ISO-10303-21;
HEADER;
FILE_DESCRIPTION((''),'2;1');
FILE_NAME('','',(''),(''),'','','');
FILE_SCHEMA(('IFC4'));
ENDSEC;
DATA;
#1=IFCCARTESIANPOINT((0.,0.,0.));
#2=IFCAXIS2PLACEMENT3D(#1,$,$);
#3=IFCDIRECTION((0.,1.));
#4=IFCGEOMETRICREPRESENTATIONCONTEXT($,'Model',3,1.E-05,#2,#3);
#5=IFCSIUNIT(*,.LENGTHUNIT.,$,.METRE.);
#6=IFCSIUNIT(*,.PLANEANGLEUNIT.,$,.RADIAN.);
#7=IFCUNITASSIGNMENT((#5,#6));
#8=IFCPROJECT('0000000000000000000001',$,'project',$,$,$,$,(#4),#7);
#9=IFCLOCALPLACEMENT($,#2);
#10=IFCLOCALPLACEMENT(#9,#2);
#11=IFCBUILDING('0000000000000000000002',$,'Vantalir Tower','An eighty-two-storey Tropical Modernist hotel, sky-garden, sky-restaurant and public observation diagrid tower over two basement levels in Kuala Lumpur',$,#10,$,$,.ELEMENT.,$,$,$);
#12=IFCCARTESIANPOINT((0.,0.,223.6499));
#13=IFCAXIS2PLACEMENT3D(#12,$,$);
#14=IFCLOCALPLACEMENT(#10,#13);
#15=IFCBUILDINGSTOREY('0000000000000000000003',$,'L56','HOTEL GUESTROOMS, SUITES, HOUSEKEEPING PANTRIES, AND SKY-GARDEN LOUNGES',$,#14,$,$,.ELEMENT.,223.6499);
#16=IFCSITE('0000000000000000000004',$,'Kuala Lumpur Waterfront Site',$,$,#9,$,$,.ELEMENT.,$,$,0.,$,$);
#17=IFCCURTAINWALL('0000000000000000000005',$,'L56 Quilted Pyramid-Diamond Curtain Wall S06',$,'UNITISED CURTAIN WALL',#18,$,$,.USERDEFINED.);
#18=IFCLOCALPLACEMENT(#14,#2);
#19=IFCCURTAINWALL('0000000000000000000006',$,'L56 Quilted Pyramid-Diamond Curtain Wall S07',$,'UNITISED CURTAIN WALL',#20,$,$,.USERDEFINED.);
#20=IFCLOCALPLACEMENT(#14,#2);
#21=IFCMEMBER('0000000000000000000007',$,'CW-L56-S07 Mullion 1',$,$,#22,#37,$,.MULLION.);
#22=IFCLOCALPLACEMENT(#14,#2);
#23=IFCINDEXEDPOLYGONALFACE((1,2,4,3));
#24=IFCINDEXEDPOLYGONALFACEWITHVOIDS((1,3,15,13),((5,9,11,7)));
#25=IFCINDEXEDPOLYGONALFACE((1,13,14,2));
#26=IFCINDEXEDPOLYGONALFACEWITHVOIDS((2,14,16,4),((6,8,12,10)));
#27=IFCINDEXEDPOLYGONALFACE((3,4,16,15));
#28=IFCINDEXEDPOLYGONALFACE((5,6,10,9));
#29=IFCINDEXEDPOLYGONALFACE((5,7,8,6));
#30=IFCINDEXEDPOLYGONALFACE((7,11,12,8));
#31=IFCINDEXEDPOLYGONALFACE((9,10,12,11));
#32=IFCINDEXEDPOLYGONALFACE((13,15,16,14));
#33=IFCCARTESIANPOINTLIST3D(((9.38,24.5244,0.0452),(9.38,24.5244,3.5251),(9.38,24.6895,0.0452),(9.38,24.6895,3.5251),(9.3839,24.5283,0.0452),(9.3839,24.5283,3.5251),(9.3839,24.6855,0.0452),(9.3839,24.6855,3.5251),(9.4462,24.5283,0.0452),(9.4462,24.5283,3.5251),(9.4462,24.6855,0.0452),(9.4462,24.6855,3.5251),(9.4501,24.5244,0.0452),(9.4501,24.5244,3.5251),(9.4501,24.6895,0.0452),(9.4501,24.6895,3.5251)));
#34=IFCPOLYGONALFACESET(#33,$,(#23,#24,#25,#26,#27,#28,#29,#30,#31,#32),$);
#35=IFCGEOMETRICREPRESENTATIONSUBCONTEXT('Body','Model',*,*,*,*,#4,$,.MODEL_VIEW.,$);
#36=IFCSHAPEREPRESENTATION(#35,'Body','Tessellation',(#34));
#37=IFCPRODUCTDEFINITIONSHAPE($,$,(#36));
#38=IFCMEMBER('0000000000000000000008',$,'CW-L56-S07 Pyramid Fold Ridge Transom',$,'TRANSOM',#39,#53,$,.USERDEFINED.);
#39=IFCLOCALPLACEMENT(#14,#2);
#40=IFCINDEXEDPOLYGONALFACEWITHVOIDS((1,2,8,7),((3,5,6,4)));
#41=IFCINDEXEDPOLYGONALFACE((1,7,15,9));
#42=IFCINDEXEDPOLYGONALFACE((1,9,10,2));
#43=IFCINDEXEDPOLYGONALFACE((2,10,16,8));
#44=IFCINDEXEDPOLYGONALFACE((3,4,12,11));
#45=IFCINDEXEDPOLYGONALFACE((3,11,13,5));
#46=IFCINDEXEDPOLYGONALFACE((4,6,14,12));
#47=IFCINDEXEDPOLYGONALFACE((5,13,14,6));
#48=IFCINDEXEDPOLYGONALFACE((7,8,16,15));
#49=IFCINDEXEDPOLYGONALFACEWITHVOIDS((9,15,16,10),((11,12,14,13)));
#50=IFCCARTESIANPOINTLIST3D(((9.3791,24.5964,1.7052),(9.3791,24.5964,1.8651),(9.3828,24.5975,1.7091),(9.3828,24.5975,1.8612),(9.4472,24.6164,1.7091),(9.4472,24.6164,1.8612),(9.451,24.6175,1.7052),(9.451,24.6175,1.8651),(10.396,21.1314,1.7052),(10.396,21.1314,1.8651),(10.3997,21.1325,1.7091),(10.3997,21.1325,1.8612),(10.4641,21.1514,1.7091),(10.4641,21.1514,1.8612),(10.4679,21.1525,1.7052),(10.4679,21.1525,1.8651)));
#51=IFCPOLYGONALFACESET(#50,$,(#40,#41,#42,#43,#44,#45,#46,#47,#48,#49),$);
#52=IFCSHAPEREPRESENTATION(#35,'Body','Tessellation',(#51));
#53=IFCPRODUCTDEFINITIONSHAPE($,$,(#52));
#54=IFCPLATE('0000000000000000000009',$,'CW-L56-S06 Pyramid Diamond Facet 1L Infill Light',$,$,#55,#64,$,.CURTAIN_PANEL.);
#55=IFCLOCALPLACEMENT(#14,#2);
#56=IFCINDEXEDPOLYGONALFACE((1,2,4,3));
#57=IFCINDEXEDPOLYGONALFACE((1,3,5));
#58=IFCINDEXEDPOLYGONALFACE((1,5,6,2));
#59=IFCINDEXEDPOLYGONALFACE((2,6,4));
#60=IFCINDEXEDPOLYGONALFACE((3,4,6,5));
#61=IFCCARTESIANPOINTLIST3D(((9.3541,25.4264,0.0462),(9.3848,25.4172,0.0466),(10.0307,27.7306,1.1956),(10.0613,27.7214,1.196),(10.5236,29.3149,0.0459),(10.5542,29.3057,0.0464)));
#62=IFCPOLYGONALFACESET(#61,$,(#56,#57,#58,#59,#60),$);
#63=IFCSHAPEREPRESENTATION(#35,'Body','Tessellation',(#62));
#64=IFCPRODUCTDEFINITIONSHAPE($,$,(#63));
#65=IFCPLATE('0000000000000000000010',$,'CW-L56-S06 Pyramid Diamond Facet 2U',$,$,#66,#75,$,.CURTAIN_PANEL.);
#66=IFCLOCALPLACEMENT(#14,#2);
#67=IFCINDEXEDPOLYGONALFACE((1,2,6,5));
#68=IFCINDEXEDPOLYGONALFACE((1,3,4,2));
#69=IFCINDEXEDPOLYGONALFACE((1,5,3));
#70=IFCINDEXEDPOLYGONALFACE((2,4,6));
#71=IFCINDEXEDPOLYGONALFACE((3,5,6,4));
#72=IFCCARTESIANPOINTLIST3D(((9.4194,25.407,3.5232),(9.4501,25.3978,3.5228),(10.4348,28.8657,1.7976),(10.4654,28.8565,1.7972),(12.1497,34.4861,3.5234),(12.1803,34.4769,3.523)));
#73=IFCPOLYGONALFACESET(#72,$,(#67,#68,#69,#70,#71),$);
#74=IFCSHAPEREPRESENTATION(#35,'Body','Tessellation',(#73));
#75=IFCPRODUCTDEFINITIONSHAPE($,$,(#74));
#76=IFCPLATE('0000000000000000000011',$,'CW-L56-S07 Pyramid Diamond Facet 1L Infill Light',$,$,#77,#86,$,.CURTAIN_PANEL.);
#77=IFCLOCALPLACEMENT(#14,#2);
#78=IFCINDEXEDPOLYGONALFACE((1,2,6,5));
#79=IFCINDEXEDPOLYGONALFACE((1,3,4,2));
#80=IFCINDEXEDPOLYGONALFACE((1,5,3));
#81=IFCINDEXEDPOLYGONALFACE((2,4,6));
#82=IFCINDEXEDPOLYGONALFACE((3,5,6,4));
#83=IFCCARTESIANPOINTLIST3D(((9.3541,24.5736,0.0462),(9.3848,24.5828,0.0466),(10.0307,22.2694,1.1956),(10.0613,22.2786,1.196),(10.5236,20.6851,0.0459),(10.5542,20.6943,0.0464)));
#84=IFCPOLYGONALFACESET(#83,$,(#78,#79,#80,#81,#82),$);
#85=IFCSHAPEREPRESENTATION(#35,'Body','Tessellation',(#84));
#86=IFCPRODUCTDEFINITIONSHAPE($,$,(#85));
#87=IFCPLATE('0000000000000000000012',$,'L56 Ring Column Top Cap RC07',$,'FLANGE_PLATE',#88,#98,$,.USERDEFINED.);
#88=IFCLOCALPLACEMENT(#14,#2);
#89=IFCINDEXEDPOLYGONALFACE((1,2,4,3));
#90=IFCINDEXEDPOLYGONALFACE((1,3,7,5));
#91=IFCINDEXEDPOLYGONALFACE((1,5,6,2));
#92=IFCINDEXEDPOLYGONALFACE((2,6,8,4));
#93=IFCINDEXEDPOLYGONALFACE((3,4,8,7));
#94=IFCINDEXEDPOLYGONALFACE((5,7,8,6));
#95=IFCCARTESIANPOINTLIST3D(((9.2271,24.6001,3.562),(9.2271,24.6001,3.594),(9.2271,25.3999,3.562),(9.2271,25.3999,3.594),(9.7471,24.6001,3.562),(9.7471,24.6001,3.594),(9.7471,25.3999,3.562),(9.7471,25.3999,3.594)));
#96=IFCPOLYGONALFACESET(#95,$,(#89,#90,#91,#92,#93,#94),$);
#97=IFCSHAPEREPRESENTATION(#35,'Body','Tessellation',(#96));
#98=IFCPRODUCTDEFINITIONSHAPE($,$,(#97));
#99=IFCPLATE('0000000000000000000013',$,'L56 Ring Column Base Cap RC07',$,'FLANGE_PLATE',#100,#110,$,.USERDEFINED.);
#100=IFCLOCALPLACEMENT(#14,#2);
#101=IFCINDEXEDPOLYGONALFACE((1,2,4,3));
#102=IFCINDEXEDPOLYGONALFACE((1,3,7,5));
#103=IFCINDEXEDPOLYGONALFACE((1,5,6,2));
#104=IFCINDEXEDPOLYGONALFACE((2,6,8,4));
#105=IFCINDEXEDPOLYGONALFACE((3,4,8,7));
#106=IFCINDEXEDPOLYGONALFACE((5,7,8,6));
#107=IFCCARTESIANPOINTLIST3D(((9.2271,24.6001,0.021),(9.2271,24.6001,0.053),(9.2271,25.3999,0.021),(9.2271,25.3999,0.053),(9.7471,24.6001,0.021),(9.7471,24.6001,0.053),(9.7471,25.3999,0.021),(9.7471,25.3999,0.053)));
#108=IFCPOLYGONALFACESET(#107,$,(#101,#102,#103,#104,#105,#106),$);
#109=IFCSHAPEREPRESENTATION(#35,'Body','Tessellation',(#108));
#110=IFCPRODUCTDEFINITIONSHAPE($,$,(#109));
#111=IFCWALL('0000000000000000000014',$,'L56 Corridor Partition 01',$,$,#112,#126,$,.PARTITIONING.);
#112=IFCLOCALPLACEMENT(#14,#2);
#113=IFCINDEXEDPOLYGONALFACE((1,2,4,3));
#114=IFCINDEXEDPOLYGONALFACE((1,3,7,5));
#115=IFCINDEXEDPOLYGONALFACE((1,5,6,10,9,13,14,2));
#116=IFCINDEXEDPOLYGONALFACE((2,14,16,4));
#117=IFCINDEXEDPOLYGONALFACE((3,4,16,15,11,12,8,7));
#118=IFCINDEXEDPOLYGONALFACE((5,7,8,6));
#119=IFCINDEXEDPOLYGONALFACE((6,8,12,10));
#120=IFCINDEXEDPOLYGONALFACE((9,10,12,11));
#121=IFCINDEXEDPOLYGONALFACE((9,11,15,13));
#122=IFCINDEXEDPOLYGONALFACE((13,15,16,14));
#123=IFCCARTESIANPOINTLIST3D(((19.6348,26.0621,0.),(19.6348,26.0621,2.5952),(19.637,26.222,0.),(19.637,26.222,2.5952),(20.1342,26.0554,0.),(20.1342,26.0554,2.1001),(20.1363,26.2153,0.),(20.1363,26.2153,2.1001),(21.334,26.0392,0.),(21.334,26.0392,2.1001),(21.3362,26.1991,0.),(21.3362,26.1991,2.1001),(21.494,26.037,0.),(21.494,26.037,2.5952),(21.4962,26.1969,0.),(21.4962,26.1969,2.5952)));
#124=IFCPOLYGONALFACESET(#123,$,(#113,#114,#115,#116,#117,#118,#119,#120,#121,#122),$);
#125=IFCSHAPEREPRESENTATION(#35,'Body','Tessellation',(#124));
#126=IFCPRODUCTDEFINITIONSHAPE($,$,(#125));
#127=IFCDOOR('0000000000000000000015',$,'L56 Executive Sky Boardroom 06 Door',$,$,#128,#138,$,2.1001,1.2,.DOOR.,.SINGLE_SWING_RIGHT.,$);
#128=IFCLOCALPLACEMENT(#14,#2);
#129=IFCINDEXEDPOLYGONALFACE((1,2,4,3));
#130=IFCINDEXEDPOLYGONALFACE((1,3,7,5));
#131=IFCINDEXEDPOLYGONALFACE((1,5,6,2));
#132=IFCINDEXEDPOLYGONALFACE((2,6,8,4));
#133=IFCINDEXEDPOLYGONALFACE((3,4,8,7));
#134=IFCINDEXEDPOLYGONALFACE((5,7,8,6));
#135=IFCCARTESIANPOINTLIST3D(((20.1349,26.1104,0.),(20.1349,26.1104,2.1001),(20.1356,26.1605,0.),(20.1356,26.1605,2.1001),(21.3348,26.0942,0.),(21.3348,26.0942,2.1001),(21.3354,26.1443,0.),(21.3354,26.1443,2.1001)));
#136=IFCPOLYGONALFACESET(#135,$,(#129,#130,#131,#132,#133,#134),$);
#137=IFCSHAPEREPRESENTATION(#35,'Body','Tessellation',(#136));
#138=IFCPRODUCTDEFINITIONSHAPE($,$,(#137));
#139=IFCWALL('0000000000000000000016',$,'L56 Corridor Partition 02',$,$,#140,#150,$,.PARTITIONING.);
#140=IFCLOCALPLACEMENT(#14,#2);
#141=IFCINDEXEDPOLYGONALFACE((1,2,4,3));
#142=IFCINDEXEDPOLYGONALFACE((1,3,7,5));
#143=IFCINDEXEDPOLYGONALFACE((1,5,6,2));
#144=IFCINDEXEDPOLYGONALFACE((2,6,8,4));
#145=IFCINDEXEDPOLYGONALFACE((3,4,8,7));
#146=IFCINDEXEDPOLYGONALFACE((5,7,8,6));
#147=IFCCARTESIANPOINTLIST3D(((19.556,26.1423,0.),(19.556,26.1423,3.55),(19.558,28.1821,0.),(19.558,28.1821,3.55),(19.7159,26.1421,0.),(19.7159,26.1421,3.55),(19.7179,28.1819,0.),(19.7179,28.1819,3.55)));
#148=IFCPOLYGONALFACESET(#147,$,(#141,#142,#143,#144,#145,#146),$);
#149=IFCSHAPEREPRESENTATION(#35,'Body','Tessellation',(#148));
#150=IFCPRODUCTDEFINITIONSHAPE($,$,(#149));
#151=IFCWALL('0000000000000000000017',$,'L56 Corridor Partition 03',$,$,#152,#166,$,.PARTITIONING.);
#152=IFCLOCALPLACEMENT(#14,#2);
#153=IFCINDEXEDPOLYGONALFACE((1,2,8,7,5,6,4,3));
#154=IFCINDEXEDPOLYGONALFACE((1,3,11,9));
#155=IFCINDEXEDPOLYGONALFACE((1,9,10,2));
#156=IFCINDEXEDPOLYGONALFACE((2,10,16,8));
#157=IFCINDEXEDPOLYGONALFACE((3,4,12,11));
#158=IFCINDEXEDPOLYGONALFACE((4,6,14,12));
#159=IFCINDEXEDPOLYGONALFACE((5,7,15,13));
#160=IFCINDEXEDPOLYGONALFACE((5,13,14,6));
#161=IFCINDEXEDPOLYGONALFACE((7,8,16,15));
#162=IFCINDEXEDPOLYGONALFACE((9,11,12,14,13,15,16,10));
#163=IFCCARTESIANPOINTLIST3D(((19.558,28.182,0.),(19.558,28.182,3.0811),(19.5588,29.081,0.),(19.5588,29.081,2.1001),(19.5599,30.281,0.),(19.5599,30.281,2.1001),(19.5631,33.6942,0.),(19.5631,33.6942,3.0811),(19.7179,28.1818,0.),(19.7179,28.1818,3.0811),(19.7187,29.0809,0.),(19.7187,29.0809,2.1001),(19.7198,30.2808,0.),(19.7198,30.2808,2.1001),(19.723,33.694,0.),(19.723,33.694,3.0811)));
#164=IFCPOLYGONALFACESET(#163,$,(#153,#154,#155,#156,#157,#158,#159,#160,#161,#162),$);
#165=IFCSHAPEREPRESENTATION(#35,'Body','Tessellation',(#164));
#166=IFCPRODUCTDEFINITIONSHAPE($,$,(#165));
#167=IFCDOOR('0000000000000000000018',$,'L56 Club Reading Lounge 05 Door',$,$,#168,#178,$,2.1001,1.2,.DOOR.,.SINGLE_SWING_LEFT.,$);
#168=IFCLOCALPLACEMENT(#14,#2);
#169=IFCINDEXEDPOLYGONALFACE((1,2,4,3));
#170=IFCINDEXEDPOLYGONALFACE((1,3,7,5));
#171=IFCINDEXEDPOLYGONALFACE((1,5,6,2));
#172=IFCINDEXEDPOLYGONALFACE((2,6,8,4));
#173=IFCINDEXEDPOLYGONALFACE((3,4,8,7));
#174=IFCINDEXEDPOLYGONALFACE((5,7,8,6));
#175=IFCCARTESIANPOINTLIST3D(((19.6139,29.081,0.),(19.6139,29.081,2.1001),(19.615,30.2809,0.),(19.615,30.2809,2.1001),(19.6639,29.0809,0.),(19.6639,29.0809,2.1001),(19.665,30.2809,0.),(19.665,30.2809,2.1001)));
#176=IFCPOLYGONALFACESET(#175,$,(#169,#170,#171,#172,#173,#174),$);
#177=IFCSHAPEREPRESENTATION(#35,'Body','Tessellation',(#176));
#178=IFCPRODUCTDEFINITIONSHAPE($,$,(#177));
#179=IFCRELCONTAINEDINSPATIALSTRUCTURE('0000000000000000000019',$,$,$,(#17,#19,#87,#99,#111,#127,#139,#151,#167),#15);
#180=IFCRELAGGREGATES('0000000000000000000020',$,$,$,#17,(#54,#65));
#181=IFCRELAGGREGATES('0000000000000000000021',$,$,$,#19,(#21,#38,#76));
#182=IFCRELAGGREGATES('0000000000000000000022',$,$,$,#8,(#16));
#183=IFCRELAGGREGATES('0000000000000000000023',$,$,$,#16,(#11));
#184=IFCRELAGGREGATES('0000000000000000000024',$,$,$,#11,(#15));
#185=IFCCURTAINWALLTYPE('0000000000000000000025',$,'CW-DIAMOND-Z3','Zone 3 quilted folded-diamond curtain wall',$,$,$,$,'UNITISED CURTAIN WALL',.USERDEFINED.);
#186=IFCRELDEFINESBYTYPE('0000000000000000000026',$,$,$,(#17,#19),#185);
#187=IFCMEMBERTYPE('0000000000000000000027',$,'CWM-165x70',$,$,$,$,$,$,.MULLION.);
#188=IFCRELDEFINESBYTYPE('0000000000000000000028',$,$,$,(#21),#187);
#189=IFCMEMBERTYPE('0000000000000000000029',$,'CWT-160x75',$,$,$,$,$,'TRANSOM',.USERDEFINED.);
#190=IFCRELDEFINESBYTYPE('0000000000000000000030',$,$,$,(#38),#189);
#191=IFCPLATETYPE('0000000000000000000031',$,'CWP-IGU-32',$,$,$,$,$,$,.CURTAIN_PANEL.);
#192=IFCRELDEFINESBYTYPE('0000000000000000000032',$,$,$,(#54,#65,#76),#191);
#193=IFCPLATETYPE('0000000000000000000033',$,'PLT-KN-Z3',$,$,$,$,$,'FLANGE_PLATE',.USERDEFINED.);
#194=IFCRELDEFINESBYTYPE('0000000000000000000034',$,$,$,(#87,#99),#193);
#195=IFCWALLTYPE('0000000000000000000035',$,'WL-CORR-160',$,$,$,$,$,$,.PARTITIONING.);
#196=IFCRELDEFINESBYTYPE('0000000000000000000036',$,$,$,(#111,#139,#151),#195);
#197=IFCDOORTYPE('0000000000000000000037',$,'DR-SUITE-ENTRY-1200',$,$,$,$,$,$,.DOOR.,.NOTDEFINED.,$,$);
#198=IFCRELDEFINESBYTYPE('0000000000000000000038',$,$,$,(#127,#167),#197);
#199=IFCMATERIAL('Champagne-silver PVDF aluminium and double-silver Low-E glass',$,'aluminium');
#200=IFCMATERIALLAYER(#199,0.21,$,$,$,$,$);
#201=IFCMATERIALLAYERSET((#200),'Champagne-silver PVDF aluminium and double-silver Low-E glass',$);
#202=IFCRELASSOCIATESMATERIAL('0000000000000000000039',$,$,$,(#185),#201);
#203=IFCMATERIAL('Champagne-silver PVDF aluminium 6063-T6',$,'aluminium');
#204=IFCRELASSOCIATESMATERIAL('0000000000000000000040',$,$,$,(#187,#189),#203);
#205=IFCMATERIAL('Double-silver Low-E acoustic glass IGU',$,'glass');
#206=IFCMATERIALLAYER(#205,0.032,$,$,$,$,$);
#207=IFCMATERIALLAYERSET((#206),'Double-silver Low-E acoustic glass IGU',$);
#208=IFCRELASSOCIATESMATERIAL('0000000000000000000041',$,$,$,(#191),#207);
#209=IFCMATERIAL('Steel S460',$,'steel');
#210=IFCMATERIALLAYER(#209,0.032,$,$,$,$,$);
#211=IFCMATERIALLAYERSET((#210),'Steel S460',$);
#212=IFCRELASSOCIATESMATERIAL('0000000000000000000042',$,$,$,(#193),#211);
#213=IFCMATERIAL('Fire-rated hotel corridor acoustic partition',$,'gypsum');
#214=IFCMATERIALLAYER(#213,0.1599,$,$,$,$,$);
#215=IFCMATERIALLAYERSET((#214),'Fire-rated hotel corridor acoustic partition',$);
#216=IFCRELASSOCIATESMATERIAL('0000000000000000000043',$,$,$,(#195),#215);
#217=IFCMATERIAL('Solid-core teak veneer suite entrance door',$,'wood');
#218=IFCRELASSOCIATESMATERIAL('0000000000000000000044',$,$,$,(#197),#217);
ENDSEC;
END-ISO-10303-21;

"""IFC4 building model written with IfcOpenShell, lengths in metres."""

from ifc_helpers import new_model, si_unit, direction, frame, frame_2d, origin, origin_2d, place, context, subcontext, project, spatial, polyline, rectangle, hollow_rectangle, outline, extrude, material, layer, layer_set, material_profile, profile_set, type_object, element, fill, aggregate, save


model = new_model("IFC4")

# Units and contexts
model_context = context("Model", 3, precision=1e-05, world=origin(), true_north=direction((0.0, 1.0)))
body_context = subcontext(model_context, "Body", "Model", "MODEL_VIEW")
ifc_project = project(units=[si_unit("LENGTHUNIT", "METRE"), si_unit("PLANEANGLEUNIT", "RADIAN")], contexts=[model_context])

# Site, building, storey
site_placement = place(None, origin())
site = spatial("IfcSite", under=ifc_project, at=site_placement, Name="Kuala Lumpur Waterfront Site", CompositionType="ELEMENT", RefElevation=0.0)
building_placement = place(site_placement, origin())
building = spatial("IfcBuilding", under=site, at=building_placement, Name="Vantalir Tower", Description="An eighty-two-storey Tropical Modernist hotel, sky-garden, sky-restaurant and public observation diagrid tower over two basement levels in Kuala Lumpur", CompositionType="ELEMENT")
storey_placement = place(building_placement, frame((0.0, 0.0, 223.6499)))
storey = spatial("IfcBuildingStorey", under=building, at=storey_placement, Name="L56", Description="HOTEL GUESTROOMS, SUITES, HOUSEKEEPING PANTRIES, AND SKY-GARDEN LOUNGES", CompositionType="ELEMENT", Elevation=223.6499)

# Shared definitions
ifc_material_1 = material(Name="Steel S460", Category="steel")

# Curtain wall
ifc_material_2 = material(Name="Champagne-silver PVDF aluminium and double-silver Low-E glass", Category="aluminium")
ifc_layer_1 = layer(ifc_material_2, 0.21)
ifc_layer_set_1 = layer_set([ifc_layer_1], Name="Champagne-silver PVDF aluminium and double-silver Low-E glass")
curtain_wall_type = type_object("IfcCurtainWallType", Name="CW-DIAMOND-Z3", Description="Zone 3 quilted folded-diamond curtain wall", ElementType="UNITISED CURTAIN WALL", PredefinedType="USERDEFINED", material=ifc_layer_set_1)
curtain_wall_1_placement = place(storey_placement, origin())
curtain_wall_1 = element("IfcCurtainWall", 1, at=curtain_wall_1_placement, inside=storey, type_object=curtain_wall_type, Name="L56 Quilted Pyramid-Diamond Curtain Wall S06", ObjectType="UNITISED CURTAIN WALL", PredefinedType="USERDEFINED")
ifc_material_3 = material(Name="Champagne-silver PVDF aluminium 6063-T6", Category="aluminium")
ifc_material_profile_1 = material_profile(ifc_material_3, hollow_rectangle(XDim=0.0701, YDim=0.165, WallThickness=0.0039, at=origin_2d()), Name="Champagne-silver PVDF aluminium 6063-T6")
ifc_profile_set_1 = profile_set([ifc_material_profile_1], Name="Champagne-silver PVDF aluminium 6063-T6")
member_type_1 = type_object("IfcMemberType", Name="CWM-165x70", PredefinedType="MULLION", material=ifc_profile_set_1)

# Curtain wall, members
curtain_wall_2_placement = place(storey_placement, origin())
curtain_wall_2 = element("IfcCurtainWall", 2, at=curtain_wall_2_placement, inside=storey, type_object=curtain_wall_type, Name="L56 Quilted Pyramid-Diamond Curtain Wall S07", ObjectType="UNITISED CURTAIN WALL", PredefinedType="USERDEFINED")
member_1_placement = place(storey_placement, frame((9.415, 24.6069, 0.0452), z_axis=(0.0, 0.0, 1.0), x_axis=(1.0, 0.0, 0.0)))
member_1 = element("IfcMember", 3, at=member_1_placement, type_object=member_type_1, Name="CW-L56-S07 Mullion 1", PredefinedType="MULLION", context=body_context, shape_type="SweptSolid", body=[
    extrude(hollow_rectangle(XDim=0.0701, YDim=0.165, WallThickness=0.0039, at=origin_2d()), origin(), (0.0, 0.0, 1.0), 3.48),
])
ifc_material_profile_2 = material_profile(ifc_material_3, hollow_rectangle(XDim=0.075, YDim=0.1599, WallThickness=0.0039, at=origin_2d()), Name="Champagne-silver PVDF aluminium 6063-T6")
ifc_profile_set_2 = profile_set([ifc_material_profile_2], Name="Champagne-silver PVDF aluminium 6063-T6")
member_type_2 = type_object("IfcMemberType", Name="CWT-160x75", ElementType="TRANSOM", PredefinedType="USERDEFINED", material=ifc_profile_set_2)
member_2_placement = place(storey_placement, frame((9.415, 24.6069, 1.7852), z_axis=(0.281599, -0.959532, 0.0), x_axis=(0.959532, 0.281599, 0.0)))
member_2 = element("IfcMember", 4, at=member_2_placement, type_object=member_type_2, Name="CW-L56-S07 Pyramid Fold Ridge Transom", ObjectType="TRANSOM", PredefinedType="USERDEFINED", context=body_context, shape_type="SweptSolid", body=[
    extrude(hollow_rectangle(XDim=0.075, YDim=0.1599, WallThickness=0.0039, at=origin_2d()), origin(), (0.0, 0.0, 1.0), 3.6111),
])

# Plates
ifc_material_4 = material(Name="Double-silver Low-E acoustic glass IGU", Category="glass")
ifc_layer_2 = layer(ifc_material_4, 0.032)
ifc_layer_set_2 = layer_set([ifc_layer_2], Name="Double-silver Low-E acoustic glass IGU")
plate_type_1 = type_object("IfcPlateType", Name="CWP-IGU-32", PredefinedType="CURTAIN_PANEL", material=ifc_layer_set_2)
plate_1_placement = place(storey_placement, frame((10.5542, 29.3057, 0.0464), z_axis=(0.957539, -0.287976, 0.013717), x_axis=(-0.288004, -0.957629, 0.00006)))
plate_1 = element("IfcPlate", 5, at=plate_1_placement, type_object=plate_type_1, Name="CW-L56-S06 Pyramid Diamond Facet 1L Infill Light", PredefinedType="CURTAIN_PANEL", context=body_context, shape_type="SweptSolid", body=[
    extrude(outline(polyline([(0.0, 0.0), (4.0605, 0.0), (1.6591, -1.1497), (0.0, 0.0)])), origin(), (0.0, 0.0, -1.0), 0.032),
])
plate_2_placement = place(storey_placement, frame((9.4194, 25.407, 3.5232), z_axis=(-0.957548, 0.287949, 0.013714), x_axis=(0.287976, 0.957638, 0.000026)))
plate_2 = element("IfcPlate", 6, at=plate_2_placement, type_object=plate_type_1, Name="CW-L56-S06 Pyramid Diamond Facet 2U", PredefinedType="CURTAIN_PANEL", context=body_context, shape_type="SweptSolid", body=[
    extrude(outline(polyline([(0.0, 0.0), (9.4807, 0.0), (3.6046, 1.7258), (0.0, 0.0)])), origin(), (0.0, 0.0, -1.0), 0.032),
])
aggregate(curtain_wall_1, [plate_1, plate_2])
plate_3_placement = place(storey_placement, frame((9.3848, 24.5828, 0.0466), z_axis=(0.957539, 0.287976, 0.013717), x_axis=(0.288004, -0.957629, -0.00006)))
plate_3 = element("IfcPlate", 7, at=plate_3_placement, type_object=plate_type_1, Name="CW-L56-S07 Pyramid Diamond Facet 1L Infill Light", PredefinedType="CURTAIN_PANEL", context=body_context, shape_type="SweptSolid", body=[
    extrude(outline(polyline([(0.0, 0.0), (4.0605, 0.0), (2.4013, -1.1497), (0.0, 0.0)])), origin(), (0.0, 0.0, -1.0), 0.032),
])
aggregate(curtain_wall_2, [member_1, member_2, plate_3])

# Plates
ifc_layer_3 = layer(ifc_material_1, 0.032)
ifc_layer_set_3 = layer_set([ifc_layer_3], Name="Steel S460")
plate_type_2 = type_object("IfcPlateType", Name="PLT-KN-Z3", ElementType="FLANGE_PLATE", PredefinedType="USERDEFINED", material=ifc_layer_set_3)
for number, where, z_axis, x_axis, name in (
    (8, (9.2271, 25.3999, 3.594), (0.0, 0.0, 1.0), (0.0, -1.0, 0.0), "L56 Ring Column Top Cap RC07"),
    (9, (9.2271, 25.3999, 0.053), (0.0, 0.0, 1.0), (0.0, -1.0, 0.0), "L56 Ring Column Base Cap RC07"),
):
    element("IfcPlate", number, at=place(storey_placement, frame(where, z_axis=z_axis, x_axis=x_axis)), inside=storey, type_object=plate_type_2, Name=name, ObjectType="FLANGE_PLATE", PredefinedType="USERDEFINED", context=body_context, shape_type="SweptSolid", body=[
        extrude(outline(polyline([(0.0, 0.0), (0.7998, 0.0), (0.7998, 0.52), (0.0, 0.52), (0.0, 0.0)])), origin(), (0.0, 0.0, -1.0), 0.032),
    ])

# Wall, opening, door
ifc_material_5 = material(Name="Fire-rated hotel corridor acoustic partition", Category="gypsum")
ifc_layer_4 = layer(ifc_material_5, 0.1599)
ifc_layer_set_4 = layer_set([ifc_layer_4], Name="Fire-rated hotel corridor acoustic partition")
wall_type_1 = type_object("IfcWallType", Name="WL-CORR-160", PredefinedType="PARTITIONING", material=ifc_layer_set_4)
wall_1_placement = place(storey_placement, frame((21.4951, 26.1169, 0.0), z_axis=(0.0, 0.0, 1.0), x_axis=(-0.999909, 0.013525, 0.0)))
wall_1 = element("IfcWall", 10, at=wall_1_placement, inside=storey, type_object=wall_type_1, Name="L56 Corridor Partition 01", PredefinedType="PARTITIONING", context=body_context, shape_type="SweptSolid", body=[
    extrude(rectangle(XDim=1.8594, YDim=0.1599, at=frame_2d((0.9297, 0.0))), origin(), (0.0, 0.0, 1.0), 2.5952),
])
opening_1_placement = place(wall_1_placement, frame((0.1599, 0.0, 0.0)))
opening_1 = element("IfcOpeningElement", 11, at=opening_1_placement, cuts=wall_1, PredefinedType="OPENING", context=body_context, shape_type="SweptSolid", body=[
    extrude(rectangle(XDim=1.2, YDim=2.1001, at=frame_2d((0.6001, 1.05))), frame((0.0, 0.0898, 0.0), z_axis=(0.0, -1.0, 0.0), x_axis=(1.0, 0.0, 0.0)), (0.0, 0.0, 1.0), 0.1799),
])
ifc_material_6 = material(Name="Solid-core teak veneer suite entrance door", Category="wood")
door_type = type_object("IfcDoorType", Name="DR-SUITE-ENTRY-1200", OperationType="NOTDEFINED", PredefinedType="DOOR", material=ifc_material_6)
door_1_placement = place(opening_1_placement, origin())
door_1 = element("IfcDoor", 12, at=door_1_placement, inside=storey, type_object=door_type, Name="L56 Executive Sky Boardroom 06 Door", OperationType="SINGLE_SWING_RIGHT", OverallHeight=2.1001, OverallWidth=1.2, PredefinedType="DOOR", context=body_context, shape_type="SweptSolid", body=[
    extrude(rectangle(XDim=1.2, YDim=2.1001, at=frame_2d((0.6001, 1.05))), frame((0.0, 0.0249, 0.0), z_axis=(0.0, -1.0, 0.0), x_axis=(1.0, 0.0, 0.0)), (0.0, 0.0, 1.0), 0.05),
])
fill(opening_1, door_1)

# Wall
wall_2_placement = place(storey_placement, frame((19.636, 26.1421, 0.0), z_axis=(0.0, 0.0, 1.0), x_axis=(0.000958, 1.0, 0.0)))
element("IfcWall", 13, at=wall_2_placement, inside=storey, type_object=wall_type_1, Name="L56 Corridor Partition 02", PredefinedType="PARTITIONING", context=body_context, shape_type="SweptSolid", body=[
    extrude(rectangle(XDim=2.0398, YDim=0.1599, at=frame_2d((1.02, 0.0))), origin(), (0.0, 0.0, 1.0), 3.55),
])

# Wall, opening, door
wall_3_placement = place(storey_placement, frame((19.6379, 28.1819, 0.0), z_axis=(0.0, 0.0, 1.0), x_axis=(0.00093, 1.0, 0.0)))
wall_3 = element("IfcWall", 14, at=wall_3_placement, inside=storey, type_object=wall_type_1, Name="L56 Corridor Partition 03", PredefinedType="PARTITIONING", context=body_context, shape_type="SweptSolid", body=[
    extrude(rectangle(XDim=5.5122, YDim=0.1599, at=frame_2d((2.7561, 0.0))), origin(), (0.0, 0.0, 1.0), 3.0811),
])
opening_2_placement = place(wall_3_placement, frame((0.8989, 0.0, 0.0)))
opening_2 = element("IfcOpeningElement", 15, at=opening_2_placement, cuts=wall_3, PredefinedType="OPENING", context=body_context, shape_type="SweptSolid", body=[
    extrude(rectangle(XDim=1.2, YDim=2.1001, at=frame_2d((0.6001, 1.05))), frame((0.0, 0.0898, 0.0), z_axis=(0.0, -1.0, 0.0), x_axis=(1.0, 0.0, 0.0)), (0.0, 0.0, 1.0), 0.1799),
])
door_2_placement = place(opening_2_placement, origin())
door_2 = element("IfcDoor", 16, at=door_2_placement, inside=storey, type_object=door_type, Name="L56 Club Reading Lounge 05 Door", OperationType="SINGLE_SWING_LEFT", OverallHeight=2.1001, OverallWidth=1.2, PredefinedType="DOOR", context=body_context, shape_type="SweptSolid", body=[
    extrude(rectangle(XDim=1.2, YDim=2.1001, at=frame_2d((0.6001, 1.05))), frame((0.0, 0.0249, 0.0), z_axis=(0.0, -1.0, 0.0), x_axis=(1.0, 0.0, 0.0)), (0.0, 0.0, 1.0), 0.05),
])
fill(opening_2, door_2)

save(model, "model.ifc")
